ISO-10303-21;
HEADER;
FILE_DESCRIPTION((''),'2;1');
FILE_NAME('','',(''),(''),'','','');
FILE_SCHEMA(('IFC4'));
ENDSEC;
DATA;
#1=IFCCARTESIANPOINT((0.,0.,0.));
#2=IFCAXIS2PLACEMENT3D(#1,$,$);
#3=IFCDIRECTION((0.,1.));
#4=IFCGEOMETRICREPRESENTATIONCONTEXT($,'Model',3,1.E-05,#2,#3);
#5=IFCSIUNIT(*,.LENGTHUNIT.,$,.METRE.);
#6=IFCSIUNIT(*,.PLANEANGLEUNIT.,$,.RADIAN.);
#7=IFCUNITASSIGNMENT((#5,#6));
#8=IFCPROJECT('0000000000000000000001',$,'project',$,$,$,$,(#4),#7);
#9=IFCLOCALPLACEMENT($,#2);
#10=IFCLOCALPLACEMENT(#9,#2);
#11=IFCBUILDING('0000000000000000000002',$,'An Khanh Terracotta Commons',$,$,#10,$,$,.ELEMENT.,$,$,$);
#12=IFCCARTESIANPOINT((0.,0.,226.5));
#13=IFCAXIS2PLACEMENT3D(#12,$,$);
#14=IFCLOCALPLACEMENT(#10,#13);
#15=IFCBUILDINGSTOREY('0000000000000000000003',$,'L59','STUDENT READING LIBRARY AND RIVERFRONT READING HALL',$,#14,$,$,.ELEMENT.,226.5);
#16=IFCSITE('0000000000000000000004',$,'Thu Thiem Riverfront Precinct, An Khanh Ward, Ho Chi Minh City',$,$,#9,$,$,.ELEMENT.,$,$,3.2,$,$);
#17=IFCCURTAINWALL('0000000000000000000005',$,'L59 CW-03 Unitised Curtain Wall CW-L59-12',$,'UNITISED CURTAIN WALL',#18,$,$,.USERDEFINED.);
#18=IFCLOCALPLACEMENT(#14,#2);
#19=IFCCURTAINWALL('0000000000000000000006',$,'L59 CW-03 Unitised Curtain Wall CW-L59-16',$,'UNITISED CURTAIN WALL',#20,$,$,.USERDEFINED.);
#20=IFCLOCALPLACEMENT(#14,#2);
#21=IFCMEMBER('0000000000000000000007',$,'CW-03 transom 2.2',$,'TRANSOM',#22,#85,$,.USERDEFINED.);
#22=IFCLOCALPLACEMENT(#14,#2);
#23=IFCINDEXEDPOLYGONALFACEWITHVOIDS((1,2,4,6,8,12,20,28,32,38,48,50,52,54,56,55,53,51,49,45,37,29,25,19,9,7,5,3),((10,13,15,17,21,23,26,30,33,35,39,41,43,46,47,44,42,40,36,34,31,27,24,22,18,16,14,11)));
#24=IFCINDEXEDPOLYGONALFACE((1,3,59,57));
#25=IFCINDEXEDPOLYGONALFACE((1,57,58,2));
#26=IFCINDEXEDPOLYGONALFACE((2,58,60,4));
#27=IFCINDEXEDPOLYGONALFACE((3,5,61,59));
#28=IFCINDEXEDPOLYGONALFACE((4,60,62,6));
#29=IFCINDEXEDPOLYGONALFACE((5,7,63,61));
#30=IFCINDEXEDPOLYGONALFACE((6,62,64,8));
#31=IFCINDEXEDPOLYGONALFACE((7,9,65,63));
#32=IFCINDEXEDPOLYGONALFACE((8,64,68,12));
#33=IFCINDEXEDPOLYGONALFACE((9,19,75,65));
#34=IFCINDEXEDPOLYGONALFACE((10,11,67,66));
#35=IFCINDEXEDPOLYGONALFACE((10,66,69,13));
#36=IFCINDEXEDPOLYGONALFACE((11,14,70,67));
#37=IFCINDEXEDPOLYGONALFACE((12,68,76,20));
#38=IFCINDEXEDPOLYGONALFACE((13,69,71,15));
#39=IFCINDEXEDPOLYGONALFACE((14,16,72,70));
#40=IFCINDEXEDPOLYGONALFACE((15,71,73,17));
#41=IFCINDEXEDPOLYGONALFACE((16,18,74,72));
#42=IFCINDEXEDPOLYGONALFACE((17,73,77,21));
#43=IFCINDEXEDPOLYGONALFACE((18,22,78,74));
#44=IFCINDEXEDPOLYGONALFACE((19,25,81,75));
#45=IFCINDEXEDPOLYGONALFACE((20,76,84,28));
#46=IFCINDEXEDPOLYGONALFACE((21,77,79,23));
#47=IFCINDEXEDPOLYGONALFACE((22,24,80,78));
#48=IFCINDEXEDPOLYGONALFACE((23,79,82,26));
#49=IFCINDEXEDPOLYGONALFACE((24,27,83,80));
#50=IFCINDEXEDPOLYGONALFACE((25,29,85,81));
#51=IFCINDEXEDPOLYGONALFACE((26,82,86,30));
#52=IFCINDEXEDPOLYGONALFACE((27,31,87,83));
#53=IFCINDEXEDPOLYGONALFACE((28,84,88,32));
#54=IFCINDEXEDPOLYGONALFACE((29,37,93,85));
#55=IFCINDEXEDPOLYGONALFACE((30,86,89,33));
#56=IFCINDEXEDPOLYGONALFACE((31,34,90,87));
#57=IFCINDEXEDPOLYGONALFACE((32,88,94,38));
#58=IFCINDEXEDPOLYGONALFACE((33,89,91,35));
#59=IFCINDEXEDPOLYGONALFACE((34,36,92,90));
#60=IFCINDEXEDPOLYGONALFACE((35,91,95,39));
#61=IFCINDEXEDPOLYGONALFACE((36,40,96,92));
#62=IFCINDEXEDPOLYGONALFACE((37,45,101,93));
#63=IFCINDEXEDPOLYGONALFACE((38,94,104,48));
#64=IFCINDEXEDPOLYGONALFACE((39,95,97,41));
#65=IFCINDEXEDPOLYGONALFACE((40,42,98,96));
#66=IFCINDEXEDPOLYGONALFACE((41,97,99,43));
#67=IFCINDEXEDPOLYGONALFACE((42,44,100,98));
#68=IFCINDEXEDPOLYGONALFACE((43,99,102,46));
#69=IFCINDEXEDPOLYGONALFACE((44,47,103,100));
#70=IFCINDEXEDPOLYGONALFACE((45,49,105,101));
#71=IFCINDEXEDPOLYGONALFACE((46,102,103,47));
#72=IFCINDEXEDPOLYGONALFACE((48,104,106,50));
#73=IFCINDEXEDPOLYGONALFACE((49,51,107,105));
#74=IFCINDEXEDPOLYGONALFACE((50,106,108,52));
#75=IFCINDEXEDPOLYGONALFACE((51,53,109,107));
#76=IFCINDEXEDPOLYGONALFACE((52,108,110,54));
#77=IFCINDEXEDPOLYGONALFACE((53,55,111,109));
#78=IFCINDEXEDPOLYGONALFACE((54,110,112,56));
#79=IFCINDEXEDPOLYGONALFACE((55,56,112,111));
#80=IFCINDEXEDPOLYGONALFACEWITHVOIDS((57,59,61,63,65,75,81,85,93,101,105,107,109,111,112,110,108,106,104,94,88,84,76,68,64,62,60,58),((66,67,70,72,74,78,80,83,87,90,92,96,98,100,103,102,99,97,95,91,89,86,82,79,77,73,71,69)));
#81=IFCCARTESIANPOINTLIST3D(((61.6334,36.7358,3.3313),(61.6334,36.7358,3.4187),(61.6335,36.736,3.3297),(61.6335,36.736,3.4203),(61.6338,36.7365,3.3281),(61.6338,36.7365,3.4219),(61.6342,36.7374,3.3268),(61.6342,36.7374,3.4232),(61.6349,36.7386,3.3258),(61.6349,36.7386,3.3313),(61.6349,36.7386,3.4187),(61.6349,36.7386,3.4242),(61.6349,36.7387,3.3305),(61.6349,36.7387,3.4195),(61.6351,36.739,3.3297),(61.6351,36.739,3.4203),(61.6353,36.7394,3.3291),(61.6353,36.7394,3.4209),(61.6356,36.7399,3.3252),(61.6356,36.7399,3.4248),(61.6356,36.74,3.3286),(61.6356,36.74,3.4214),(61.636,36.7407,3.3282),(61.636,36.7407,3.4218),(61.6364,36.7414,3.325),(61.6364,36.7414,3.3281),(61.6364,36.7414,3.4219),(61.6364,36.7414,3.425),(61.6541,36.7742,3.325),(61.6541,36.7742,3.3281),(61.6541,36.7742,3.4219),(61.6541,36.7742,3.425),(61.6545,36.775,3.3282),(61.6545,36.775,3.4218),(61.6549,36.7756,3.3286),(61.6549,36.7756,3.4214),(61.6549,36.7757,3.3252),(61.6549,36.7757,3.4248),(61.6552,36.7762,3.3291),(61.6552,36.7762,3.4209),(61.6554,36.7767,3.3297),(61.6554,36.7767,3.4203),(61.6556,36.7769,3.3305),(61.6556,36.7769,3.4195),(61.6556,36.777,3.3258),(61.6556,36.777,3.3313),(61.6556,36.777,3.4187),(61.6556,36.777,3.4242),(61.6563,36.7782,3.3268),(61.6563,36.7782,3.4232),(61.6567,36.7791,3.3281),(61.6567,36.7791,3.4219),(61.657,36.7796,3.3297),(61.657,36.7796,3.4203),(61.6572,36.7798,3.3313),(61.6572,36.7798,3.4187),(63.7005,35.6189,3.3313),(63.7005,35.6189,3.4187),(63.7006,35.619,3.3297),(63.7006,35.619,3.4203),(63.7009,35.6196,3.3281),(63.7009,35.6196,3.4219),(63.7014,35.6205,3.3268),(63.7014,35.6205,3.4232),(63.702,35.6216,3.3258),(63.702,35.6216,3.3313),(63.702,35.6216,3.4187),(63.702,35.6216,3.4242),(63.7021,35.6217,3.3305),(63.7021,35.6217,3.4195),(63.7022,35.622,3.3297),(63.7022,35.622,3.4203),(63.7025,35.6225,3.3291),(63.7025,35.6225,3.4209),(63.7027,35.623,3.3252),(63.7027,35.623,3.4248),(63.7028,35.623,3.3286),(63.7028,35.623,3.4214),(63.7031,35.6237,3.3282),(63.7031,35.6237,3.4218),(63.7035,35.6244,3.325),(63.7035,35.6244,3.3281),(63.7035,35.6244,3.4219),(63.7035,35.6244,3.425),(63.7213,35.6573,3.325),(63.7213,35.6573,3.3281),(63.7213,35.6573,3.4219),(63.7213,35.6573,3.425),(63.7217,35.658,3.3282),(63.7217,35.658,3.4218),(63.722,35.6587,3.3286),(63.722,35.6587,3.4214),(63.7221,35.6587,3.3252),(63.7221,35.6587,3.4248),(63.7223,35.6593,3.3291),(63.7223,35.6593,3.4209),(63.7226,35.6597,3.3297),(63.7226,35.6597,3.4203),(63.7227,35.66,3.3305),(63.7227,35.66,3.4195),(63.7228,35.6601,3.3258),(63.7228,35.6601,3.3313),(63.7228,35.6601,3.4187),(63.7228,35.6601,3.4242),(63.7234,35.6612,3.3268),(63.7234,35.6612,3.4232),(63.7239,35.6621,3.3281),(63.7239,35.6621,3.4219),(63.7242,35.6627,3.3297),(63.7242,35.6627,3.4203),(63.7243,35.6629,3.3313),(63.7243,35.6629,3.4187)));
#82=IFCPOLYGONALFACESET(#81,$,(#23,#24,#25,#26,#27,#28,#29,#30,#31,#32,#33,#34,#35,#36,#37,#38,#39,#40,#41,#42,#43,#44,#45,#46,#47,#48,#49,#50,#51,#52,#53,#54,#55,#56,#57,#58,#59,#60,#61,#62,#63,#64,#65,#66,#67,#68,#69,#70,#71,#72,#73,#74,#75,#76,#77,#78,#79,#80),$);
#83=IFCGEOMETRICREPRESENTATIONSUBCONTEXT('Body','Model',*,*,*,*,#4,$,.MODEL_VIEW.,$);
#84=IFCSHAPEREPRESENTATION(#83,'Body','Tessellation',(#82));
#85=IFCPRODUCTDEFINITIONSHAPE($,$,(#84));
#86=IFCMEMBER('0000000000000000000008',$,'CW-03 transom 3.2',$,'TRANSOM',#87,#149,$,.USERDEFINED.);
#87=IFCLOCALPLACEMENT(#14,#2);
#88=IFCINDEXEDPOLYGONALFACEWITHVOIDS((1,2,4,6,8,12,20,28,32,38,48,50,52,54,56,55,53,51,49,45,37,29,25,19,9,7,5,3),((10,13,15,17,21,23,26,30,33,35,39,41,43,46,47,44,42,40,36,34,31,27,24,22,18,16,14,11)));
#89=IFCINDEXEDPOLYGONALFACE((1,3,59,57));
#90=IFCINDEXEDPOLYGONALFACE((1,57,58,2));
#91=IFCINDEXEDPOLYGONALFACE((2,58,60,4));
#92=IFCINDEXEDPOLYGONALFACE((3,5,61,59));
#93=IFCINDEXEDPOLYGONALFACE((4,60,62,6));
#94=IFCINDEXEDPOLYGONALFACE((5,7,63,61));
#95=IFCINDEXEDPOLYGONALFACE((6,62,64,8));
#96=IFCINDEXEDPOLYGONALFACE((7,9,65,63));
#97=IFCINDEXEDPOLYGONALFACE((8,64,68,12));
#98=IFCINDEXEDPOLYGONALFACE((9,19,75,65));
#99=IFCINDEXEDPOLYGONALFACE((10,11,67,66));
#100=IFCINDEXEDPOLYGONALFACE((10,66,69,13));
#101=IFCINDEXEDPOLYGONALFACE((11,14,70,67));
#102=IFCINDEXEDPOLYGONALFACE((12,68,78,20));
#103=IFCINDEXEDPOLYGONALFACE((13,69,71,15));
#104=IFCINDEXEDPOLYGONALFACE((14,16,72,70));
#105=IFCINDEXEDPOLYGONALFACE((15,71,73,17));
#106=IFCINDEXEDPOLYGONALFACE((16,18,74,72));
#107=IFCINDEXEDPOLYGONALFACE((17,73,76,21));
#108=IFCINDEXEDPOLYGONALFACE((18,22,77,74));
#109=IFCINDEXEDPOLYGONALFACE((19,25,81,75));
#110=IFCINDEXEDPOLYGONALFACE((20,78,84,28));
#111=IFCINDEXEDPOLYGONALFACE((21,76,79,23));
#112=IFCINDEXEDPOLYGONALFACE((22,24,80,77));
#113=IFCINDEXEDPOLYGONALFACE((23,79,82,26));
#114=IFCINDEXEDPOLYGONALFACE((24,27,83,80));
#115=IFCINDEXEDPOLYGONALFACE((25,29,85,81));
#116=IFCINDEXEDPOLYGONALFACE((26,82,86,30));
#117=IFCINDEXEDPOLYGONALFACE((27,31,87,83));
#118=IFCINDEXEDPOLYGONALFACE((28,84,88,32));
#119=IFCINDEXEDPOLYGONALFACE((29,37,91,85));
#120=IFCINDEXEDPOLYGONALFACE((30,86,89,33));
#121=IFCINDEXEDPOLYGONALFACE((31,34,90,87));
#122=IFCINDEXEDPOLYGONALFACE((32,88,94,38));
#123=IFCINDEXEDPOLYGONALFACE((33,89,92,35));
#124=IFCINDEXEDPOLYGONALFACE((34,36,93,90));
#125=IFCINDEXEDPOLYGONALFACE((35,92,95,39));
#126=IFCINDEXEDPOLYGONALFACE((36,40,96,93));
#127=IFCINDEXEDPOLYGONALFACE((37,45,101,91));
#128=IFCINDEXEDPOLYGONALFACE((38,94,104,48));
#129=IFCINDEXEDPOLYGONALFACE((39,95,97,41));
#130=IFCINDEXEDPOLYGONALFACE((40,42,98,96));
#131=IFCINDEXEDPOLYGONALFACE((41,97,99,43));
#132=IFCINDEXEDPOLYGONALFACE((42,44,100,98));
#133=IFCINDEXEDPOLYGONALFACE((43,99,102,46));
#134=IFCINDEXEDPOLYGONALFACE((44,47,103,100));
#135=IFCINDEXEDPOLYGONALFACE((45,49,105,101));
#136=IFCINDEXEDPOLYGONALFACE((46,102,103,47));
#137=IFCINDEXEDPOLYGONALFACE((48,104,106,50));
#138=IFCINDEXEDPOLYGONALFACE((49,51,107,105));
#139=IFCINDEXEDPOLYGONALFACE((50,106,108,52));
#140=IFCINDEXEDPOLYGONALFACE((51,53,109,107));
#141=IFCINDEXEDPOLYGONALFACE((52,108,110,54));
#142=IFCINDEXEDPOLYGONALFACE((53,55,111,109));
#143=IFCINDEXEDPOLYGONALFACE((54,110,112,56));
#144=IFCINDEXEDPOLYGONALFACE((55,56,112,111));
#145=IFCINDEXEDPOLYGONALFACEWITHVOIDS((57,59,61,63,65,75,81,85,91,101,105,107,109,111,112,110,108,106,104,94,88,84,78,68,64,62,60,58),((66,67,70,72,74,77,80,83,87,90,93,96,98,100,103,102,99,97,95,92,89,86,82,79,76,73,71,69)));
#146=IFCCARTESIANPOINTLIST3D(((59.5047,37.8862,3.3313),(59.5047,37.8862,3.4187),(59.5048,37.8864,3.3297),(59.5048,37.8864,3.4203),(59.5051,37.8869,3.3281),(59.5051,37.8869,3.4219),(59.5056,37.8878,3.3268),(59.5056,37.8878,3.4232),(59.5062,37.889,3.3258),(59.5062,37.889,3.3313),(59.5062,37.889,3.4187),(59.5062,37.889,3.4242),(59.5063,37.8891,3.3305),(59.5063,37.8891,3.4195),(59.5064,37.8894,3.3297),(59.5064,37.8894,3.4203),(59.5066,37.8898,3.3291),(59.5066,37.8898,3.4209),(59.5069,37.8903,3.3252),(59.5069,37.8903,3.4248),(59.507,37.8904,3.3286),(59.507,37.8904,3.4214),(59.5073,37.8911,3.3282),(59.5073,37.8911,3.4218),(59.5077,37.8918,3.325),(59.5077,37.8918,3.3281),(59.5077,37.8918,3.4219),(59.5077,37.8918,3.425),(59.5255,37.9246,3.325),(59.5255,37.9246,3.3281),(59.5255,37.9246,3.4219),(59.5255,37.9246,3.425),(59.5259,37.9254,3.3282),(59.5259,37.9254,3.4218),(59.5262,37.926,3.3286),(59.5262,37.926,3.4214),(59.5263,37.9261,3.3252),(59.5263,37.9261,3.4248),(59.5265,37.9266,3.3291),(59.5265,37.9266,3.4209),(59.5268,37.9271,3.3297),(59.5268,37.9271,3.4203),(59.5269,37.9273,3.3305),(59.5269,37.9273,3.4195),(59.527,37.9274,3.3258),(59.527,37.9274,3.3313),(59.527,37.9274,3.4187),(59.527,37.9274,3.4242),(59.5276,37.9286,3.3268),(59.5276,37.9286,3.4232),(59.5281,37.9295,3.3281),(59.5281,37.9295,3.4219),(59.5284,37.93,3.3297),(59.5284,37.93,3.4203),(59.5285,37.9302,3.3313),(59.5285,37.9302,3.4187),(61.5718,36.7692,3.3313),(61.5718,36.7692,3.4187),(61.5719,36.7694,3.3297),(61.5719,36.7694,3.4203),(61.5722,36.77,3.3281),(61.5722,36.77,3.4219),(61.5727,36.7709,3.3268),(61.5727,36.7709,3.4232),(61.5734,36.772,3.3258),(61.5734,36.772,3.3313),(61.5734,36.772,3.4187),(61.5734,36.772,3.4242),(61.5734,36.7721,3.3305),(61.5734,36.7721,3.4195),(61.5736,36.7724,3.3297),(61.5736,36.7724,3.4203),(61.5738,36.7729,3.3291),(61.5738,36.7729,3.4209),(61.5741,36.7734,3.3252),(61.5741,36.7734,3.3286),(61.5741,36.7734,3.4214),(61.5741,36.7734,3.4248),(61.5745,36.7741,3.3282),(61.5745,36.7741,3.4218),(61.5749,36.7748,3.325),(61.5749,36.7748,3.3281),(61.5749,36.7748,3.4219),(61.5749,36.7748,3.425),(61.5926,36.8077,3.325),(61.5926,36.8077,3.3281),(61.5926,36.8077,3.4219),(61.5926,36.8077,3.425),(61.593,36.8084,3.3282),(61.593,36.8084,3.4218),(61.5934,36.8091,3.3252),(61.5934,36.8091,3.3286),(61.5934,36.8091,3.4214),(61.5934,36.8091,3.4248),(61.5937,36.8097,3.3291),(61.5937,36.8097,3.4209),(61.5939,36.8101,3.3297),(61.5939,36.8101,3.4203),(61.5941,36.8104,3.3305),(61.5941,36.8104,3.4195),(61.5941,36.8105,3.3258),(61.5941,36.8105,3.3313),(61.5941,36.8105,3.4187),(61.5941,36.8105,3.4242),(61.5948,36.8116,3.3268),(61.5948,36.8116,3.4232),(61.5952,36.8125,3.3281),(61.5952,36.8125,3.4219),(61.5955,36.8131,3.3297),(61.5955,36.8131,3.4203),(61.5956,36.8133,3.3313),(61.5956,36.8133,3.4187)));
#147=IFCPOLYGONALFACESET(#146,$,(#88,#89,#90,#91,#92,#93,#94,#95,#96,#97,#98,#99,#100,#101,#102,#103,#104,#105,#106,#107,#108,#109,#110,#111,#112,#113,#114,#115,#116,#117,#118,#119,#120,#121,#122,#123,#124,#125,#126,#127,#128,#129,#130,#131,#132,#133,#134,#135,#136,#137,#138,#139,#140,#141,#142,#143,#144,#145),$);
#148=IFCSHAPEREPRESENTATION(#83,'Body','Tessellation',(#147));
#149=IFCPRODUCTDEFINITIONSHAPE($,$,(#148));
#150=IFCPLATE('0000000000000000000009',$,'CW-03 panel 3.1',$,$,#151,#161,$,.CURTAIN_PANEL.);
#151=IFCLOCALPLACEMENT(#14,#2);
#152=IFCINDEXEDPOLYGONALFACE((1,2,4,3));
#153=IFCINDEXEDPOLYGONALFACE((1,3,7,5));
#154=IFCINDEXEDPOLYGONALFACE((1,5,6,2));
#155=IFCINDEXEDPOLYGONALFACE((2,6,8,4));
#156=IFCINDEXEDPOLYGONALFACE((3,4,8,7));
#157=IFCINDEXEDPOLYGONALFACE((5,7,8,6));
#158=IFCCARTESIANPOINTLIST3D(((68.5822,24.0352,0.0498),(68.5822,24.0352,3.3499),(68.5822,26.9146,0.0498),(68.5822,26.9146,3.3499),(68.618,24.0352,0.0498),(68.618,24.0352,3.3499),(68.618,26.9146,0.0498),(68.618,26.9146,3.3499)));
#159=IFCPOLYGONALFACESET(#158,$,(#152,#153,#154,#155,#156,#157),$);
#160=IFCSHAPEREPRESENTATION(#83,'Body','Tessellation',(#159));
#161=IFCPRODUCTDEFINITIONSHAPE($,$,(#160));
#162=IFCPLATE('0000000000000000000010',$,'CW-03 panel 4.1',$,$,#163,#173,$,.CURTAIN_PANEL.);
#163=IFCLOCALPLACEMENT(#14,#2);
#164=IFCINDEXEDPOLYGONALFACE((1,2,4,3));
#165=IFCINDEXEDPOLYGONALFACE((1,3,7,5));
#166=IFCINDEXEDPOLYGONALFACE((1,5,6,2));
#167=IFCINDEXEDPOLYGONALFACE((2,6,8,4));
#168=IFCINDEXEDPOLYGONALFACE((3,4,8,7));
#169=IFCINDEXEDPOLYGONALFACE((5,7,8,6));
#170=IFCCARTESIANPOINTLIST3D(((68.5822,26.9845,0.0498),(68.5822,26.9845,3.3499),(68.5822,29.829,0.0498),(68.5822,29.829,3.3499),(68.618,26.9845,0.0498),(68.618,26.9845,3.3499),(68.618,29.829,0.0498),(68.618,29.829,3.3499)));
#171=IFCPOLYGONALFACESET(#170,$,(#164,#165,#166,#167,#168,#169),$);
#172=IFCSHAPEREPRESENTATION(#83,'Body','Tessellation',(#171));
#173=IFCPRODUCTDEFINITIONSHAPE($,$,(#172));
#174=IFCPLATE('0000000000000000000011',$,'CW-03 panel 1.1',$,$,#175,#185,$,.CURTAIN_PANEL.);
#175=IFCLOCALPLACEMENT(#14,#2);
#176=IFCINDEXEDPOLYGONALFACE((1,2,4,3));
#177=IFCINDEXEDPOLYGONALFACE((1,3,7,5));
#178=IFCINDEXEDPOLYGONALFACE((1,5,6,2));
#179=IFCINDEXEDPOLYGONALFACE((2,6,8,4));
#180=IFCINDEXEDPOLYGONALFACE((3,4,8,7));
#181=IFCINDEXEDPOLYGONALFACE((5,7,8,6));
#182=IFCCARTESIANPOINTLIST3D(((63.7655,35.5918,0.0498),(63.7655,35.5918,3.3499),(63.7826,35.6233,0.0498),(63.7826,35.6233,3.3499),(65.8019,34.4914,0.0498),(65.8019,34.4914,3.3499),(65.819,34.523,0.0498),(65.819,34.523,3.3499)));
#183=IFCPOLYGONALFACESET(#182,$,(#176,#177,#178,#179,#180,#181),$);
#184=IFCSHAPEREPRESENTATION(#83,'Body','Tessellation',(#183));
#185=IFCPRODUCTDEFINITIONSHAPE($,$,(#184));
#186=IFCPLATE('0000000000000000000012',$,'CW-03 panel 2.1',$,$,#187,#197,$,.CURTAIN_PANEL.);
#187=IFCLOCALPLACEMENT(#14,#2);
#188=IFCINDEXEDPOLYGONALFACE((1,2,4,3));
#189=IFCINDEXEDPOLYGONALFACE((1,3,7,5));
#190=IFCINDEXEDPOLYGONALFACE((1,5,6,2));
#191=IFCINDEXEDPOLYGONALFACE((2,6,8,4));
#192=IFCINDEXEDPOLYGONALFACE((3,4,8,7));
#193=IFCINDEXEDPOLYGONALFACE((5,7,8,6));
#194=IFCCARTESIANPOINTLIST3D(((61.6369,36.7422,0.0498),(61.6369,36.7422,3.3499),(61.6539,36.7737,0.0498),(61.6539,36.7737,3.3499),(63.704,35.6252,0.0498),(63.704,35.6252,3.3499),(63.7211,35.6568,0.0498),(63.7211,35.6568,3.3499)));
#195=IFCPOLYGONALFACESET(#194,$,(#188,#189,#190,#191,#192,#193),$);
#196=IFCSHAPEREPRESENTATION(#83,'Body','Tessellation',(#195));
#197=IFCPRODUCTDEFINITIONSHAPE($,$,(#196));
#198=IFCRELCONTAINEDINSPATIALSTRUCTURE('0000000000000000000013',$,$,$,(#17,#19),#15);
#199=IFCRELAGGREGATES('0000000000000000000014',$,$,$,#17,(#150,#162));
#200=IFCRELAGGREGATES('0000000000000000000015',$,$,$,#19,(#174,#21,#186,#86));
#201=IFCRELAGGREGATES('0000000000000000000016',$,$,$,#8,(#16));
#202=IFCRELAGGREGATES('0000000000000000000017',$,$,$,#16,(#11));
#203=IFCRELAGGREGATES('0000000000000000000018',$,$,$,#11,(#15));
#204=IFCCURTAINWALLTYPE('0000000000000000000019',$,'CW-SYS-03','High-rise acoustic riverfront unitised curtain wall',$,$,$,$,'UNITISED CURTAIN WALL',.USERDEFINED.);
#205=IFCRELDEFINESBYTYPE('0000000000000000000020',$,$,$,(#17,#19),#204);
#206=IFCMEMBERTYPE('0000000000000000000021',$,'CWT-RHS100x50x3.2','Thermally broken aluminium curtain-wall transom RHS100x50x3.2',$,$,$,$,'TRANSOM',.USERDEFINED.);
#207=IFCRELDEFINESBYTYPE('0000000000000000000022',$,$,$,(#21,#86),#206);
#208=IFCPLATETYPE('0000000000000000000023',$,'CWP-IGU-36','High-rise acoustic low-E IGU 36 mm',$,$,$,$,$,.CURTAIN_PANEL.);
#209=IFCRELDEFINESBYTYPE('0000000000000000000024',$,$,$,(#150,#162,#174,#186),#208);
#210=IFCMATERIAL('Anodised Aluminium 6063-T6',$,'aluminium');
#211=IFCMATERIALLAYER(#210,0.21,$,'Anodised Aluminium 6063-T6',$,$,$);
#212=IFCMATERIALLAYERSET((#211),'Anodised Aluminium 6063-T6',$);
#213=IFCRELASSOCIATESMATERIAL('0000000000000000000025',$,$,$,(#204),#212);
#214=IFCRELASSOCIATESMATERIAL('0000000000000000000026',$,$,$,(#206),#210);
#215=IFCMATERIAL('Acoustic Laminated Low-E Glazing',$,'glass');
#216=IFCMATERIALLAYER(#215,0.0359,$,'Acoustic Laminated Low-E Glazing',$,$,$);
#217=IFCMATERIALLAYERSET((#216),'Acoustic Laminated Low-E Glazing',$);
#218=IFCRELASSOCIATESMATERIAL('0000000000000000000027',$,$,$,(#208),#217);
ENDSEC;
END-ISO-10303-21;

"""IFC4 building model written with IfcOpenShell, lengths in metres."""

from ifc_helpers import new_model, si_unit, direction, frame, origin, origin_2d, place, context, subcontext, project, spatial, rectangle, hollow_rectangle, extrude, material, layer, layer_set, material_profile, profile_set, type_object, element, aggregate, save


model = new_model("IFC4")

# Units and contexts
model_context = context("Model", 3, precision=1e-05, world=origin(), true_north=direction((0.0, 1.0)))
body_context = subcontext(model_context, "Body", "Model", "MODEL_VIEW")
ifc_project = project(units=[si_unit("LENGTHUNIT", "METRE"), si_unit("PLANEANGLEUNIT", "RADIAN")], contexts=[model_context])

# Site, building, storey
site_placement = place(None, origin())
site = spatial("IfcSite", under=ifc_project, at=site_placement, Name="Thu Thiem Riverfront Precinct, An Khanh Ward, Ho Chi Minh City", CompositionType="ELEMENT", RefElevation=3.2)
building_placement = place(site_placement, origin())
building = spatial("IfcBuilding", under=site, at=building_placement, Name="An Khanh Terracotta Commons", CompositionType="ELEMENT")
storey_placement = place(building_placement, frame((0.0, 0.0, 226.5)))
storey = spatial("IfcBuildingStorey", under=building, at=storey_placement, Name="L59", Description="STUDENT READING LIBRARY AND RIVERFRONT READING HALL", CompositionType="ELEMENT", Elevation=226.5)

# Curtain walls
ifc_material_1 = material(Name="Anodised Aluminium 6063-T6", Category="aluminium")
ifc_layer_1 = layer(ifc_material_1, 0.21, Name="Anodised Aluminium 6063-T6")
ifc_layer_set_1 = layer_set([ifc_layer_1], Name="Anodised Aluminium 6063-T6")
curtain_wall_type = type_object("IfcCurtainWallType", Name="CW-SYS-03", Description="High-rise acoustic riverfront unitised curtain wall", ElementType="UNITISED CURTAIN WALL", PredefinedType="USERDEFINED", material=ifc_layer_set_1)
curtain_wall_1_placement = place(storey_placement, origin())
curtain_wall_1 = element("IfcCurtainWall", 1, at=curtain_wall_1_placement, inside=storey, type_object=curtain_wall_type, Name="L59 CW-03 Unitised Curtain Wall CW-L59-12", ObjectType="UNITISED CURTAIN WALL", PredefinedType="USERDEFINED")
curtain_wall_2_placement = place(storey_placement, origin())
curtain_wall_2 = element("IfcCurtainWall", 2, at=curtain_wall_2_placement, inside=storey, type_object=curtain_wall_type, Name="L59 CW-03 Unitised Curtain Wall CW-L59-16", ObjectType="UNITISED CURTAIN WALL", PredefinedType="USERDEFINED")

# Members
ifc_material_profile_1 = material_profile(ifc_material_1, hollow_rectangle(XDim=0.05, YDim=0.1001, WallThickness=0.0032, InnerFilletRadius=0.0032, OuterFilletRadius=0.0063, at=origin_2d()), Name="RHS100x50x3.2")
ifc_profile_set_1 = profile_set([ifc_material_profile_1], Name="Anodised Aluminium 6063-T6")
member_type_1 = type_object("IfcMemberType", Name="CWT-RHS100x50x3.2", Description="Thermally broken aluminium curtain-wall transom RHS100x50x3.2", ElementType="TRANSOM", PredefinedType="USERDEFINED", material=ifc_profile_set_1)
member_1_placement = place(storey_placement, frame((63.7124, 35.6409, 3.375), z_axis=(-0.879783, 0.475376, 0.0), x_axis=(-0.475376, -0.879783, 0.0)))
member_1 = element("IfcMember", 3, at=member_1_placement, type_object=member_type_1, Name="CW-03 transom 2.2", ObjectType="TRANSOM", PredefinedType="USERDEFINED", context=body_context, shape_type="SweptSolid", body=[
    extrude(hollow_rectangle(XDim=0.05, YDim=0.1001, WallThickness=0.0032, InnerFilletRadius=0.0032, OuterFilletRadius=0.0063, at=origin_2d()), origin(), (0.0, 0.0, 1.0), 2.3496),
])
member_2_placement = place(storey_placement, frame((61.5837, 36.7913, 3.375), z_axis=(-0.879783, 0.475376, 0.0), x_axis=(-0.475376, -0.879783, 0.0)))
member_2 = element("IfcMember", 4, at=member_2_placement, type_object=member_type_1, Name="CW-03 transom 3.2", ObjectType="TRANSOM", PredefinedType="USERDEFINED", context=body_context, shape_type="SweptSolid", body=[
    extrude(hollow_rectangle(XDim=0.05, YDim=0.1001, WallThickness=0.0032, InnerFilletRadius=0.0032, OuterFilletRadius=0.0063, at=origin_2d()), origin(), (0.0, 0.0, 1.0), 2.3496),
])

# Plates
ifc_material_2 = material(Name="Acoustic Laminated Low-E Glazing", Category="glass")
ifc_layer_2 = layer(ifc_material_2, 0.0359, Name="Acoustic Laminated Low-E Glazing")
ifc_layer_set_2 = layer_set([ifc_layer_2], Name="Acoustic Laminated Low-E Glazing")
plate_type = type_object("IfcPlateType", Name="CWP-IGU-36", Description="High-rise acoustic low-E IGU 36 mm", PredefinedType="CURTAIN_PANEL", material=ifc_layer_set_2)
plate_1_placement = place(storey_placement, frame((68.6001, 25.4749, 0.0498), z_axis=(0.0, 0.0, 1.0), x_axis=(0.0, 1.0, 0.0)))
plate_1 = element("IfcPlate", 5, at=plate_1_placement, type_object=plate_type, Name="CW-03 panel 3.1", PredefinedType="CURTAIN_PANEL", context=body_context, shape_type="SweptSolid", body=[
    extrude(rectangle(XDim=2.8794, YDim=0.0359, at=origin_2d()), origin(), (0.0, 0.0, 1.0), 3.3),
])
plate_2_placement = place(storey_placement, frame((68.6001, 28.4067, 0.0498), z_axis=(0.0, 0.0, 1.0), x_axis=(0.0, 1.0, 0.0)))
plate_2 = element("IfcPlate", 6, at=plate_2_placement, type_object=plate_type, Name="CW-03 panel 4.1", PredefinedType="CURTAIN_PANEL", context=body_context, shape_type="SweptSolid", body=[
    extrude(rectangle(XDim=2.8445, YDim=0.0359, at=origin_2d()), origin(), (0.0, 0.0, 1.0), 3.3),
])
aggregate(curtain_wall_1, [plate_1, plate_2])
plate_3_placement = place(storey_placement, frame((64.7922, 35.0574, 0.0498), z_axis=(0.0, 0.0, 1.0), x_axis=(-0.87978, 0.475381, 0.0)))
plate_3 = element("IfcPlate", 7, at=plate_3_placement, type_object=plate_type, Name="CW-03 panel 1.1", PredefinedType="CURTAIN_PANEL", context=body_context, shape_type="SweptSolid", body=[
    extrude(rectangle(XDim=2.3147, YDim=0.0359, at=origin_2d()), origin(), (0.0, 0.0, 1.0), 3.3),
])
plate_4_placement = place(storey_placement, frame((62.679, 36.1995, 0.0498), z_axis=(0.0, 0.0, 1.0), x_axis=(-0.87978, 0.475381, 0.0)))
plate_4 = element("IfcPlate", 8, at=plate_4_placement, type_object=plate_type, Name="CW-03 panel 2.1", PredefinedType="CURTAIN_PANEL", context=body_context, shape_type="SweptSolid", body=[
    extrude(rectangle(XDim=2.3496, YDim=0.0359, at=origin_2d()), origin(), (0.0, 0.0, 1.0), 3.3),
])
aggregate(curtain_wall_2, [plate_3, member_1, plate_4, member_2])

save(model, "model.ifc")
